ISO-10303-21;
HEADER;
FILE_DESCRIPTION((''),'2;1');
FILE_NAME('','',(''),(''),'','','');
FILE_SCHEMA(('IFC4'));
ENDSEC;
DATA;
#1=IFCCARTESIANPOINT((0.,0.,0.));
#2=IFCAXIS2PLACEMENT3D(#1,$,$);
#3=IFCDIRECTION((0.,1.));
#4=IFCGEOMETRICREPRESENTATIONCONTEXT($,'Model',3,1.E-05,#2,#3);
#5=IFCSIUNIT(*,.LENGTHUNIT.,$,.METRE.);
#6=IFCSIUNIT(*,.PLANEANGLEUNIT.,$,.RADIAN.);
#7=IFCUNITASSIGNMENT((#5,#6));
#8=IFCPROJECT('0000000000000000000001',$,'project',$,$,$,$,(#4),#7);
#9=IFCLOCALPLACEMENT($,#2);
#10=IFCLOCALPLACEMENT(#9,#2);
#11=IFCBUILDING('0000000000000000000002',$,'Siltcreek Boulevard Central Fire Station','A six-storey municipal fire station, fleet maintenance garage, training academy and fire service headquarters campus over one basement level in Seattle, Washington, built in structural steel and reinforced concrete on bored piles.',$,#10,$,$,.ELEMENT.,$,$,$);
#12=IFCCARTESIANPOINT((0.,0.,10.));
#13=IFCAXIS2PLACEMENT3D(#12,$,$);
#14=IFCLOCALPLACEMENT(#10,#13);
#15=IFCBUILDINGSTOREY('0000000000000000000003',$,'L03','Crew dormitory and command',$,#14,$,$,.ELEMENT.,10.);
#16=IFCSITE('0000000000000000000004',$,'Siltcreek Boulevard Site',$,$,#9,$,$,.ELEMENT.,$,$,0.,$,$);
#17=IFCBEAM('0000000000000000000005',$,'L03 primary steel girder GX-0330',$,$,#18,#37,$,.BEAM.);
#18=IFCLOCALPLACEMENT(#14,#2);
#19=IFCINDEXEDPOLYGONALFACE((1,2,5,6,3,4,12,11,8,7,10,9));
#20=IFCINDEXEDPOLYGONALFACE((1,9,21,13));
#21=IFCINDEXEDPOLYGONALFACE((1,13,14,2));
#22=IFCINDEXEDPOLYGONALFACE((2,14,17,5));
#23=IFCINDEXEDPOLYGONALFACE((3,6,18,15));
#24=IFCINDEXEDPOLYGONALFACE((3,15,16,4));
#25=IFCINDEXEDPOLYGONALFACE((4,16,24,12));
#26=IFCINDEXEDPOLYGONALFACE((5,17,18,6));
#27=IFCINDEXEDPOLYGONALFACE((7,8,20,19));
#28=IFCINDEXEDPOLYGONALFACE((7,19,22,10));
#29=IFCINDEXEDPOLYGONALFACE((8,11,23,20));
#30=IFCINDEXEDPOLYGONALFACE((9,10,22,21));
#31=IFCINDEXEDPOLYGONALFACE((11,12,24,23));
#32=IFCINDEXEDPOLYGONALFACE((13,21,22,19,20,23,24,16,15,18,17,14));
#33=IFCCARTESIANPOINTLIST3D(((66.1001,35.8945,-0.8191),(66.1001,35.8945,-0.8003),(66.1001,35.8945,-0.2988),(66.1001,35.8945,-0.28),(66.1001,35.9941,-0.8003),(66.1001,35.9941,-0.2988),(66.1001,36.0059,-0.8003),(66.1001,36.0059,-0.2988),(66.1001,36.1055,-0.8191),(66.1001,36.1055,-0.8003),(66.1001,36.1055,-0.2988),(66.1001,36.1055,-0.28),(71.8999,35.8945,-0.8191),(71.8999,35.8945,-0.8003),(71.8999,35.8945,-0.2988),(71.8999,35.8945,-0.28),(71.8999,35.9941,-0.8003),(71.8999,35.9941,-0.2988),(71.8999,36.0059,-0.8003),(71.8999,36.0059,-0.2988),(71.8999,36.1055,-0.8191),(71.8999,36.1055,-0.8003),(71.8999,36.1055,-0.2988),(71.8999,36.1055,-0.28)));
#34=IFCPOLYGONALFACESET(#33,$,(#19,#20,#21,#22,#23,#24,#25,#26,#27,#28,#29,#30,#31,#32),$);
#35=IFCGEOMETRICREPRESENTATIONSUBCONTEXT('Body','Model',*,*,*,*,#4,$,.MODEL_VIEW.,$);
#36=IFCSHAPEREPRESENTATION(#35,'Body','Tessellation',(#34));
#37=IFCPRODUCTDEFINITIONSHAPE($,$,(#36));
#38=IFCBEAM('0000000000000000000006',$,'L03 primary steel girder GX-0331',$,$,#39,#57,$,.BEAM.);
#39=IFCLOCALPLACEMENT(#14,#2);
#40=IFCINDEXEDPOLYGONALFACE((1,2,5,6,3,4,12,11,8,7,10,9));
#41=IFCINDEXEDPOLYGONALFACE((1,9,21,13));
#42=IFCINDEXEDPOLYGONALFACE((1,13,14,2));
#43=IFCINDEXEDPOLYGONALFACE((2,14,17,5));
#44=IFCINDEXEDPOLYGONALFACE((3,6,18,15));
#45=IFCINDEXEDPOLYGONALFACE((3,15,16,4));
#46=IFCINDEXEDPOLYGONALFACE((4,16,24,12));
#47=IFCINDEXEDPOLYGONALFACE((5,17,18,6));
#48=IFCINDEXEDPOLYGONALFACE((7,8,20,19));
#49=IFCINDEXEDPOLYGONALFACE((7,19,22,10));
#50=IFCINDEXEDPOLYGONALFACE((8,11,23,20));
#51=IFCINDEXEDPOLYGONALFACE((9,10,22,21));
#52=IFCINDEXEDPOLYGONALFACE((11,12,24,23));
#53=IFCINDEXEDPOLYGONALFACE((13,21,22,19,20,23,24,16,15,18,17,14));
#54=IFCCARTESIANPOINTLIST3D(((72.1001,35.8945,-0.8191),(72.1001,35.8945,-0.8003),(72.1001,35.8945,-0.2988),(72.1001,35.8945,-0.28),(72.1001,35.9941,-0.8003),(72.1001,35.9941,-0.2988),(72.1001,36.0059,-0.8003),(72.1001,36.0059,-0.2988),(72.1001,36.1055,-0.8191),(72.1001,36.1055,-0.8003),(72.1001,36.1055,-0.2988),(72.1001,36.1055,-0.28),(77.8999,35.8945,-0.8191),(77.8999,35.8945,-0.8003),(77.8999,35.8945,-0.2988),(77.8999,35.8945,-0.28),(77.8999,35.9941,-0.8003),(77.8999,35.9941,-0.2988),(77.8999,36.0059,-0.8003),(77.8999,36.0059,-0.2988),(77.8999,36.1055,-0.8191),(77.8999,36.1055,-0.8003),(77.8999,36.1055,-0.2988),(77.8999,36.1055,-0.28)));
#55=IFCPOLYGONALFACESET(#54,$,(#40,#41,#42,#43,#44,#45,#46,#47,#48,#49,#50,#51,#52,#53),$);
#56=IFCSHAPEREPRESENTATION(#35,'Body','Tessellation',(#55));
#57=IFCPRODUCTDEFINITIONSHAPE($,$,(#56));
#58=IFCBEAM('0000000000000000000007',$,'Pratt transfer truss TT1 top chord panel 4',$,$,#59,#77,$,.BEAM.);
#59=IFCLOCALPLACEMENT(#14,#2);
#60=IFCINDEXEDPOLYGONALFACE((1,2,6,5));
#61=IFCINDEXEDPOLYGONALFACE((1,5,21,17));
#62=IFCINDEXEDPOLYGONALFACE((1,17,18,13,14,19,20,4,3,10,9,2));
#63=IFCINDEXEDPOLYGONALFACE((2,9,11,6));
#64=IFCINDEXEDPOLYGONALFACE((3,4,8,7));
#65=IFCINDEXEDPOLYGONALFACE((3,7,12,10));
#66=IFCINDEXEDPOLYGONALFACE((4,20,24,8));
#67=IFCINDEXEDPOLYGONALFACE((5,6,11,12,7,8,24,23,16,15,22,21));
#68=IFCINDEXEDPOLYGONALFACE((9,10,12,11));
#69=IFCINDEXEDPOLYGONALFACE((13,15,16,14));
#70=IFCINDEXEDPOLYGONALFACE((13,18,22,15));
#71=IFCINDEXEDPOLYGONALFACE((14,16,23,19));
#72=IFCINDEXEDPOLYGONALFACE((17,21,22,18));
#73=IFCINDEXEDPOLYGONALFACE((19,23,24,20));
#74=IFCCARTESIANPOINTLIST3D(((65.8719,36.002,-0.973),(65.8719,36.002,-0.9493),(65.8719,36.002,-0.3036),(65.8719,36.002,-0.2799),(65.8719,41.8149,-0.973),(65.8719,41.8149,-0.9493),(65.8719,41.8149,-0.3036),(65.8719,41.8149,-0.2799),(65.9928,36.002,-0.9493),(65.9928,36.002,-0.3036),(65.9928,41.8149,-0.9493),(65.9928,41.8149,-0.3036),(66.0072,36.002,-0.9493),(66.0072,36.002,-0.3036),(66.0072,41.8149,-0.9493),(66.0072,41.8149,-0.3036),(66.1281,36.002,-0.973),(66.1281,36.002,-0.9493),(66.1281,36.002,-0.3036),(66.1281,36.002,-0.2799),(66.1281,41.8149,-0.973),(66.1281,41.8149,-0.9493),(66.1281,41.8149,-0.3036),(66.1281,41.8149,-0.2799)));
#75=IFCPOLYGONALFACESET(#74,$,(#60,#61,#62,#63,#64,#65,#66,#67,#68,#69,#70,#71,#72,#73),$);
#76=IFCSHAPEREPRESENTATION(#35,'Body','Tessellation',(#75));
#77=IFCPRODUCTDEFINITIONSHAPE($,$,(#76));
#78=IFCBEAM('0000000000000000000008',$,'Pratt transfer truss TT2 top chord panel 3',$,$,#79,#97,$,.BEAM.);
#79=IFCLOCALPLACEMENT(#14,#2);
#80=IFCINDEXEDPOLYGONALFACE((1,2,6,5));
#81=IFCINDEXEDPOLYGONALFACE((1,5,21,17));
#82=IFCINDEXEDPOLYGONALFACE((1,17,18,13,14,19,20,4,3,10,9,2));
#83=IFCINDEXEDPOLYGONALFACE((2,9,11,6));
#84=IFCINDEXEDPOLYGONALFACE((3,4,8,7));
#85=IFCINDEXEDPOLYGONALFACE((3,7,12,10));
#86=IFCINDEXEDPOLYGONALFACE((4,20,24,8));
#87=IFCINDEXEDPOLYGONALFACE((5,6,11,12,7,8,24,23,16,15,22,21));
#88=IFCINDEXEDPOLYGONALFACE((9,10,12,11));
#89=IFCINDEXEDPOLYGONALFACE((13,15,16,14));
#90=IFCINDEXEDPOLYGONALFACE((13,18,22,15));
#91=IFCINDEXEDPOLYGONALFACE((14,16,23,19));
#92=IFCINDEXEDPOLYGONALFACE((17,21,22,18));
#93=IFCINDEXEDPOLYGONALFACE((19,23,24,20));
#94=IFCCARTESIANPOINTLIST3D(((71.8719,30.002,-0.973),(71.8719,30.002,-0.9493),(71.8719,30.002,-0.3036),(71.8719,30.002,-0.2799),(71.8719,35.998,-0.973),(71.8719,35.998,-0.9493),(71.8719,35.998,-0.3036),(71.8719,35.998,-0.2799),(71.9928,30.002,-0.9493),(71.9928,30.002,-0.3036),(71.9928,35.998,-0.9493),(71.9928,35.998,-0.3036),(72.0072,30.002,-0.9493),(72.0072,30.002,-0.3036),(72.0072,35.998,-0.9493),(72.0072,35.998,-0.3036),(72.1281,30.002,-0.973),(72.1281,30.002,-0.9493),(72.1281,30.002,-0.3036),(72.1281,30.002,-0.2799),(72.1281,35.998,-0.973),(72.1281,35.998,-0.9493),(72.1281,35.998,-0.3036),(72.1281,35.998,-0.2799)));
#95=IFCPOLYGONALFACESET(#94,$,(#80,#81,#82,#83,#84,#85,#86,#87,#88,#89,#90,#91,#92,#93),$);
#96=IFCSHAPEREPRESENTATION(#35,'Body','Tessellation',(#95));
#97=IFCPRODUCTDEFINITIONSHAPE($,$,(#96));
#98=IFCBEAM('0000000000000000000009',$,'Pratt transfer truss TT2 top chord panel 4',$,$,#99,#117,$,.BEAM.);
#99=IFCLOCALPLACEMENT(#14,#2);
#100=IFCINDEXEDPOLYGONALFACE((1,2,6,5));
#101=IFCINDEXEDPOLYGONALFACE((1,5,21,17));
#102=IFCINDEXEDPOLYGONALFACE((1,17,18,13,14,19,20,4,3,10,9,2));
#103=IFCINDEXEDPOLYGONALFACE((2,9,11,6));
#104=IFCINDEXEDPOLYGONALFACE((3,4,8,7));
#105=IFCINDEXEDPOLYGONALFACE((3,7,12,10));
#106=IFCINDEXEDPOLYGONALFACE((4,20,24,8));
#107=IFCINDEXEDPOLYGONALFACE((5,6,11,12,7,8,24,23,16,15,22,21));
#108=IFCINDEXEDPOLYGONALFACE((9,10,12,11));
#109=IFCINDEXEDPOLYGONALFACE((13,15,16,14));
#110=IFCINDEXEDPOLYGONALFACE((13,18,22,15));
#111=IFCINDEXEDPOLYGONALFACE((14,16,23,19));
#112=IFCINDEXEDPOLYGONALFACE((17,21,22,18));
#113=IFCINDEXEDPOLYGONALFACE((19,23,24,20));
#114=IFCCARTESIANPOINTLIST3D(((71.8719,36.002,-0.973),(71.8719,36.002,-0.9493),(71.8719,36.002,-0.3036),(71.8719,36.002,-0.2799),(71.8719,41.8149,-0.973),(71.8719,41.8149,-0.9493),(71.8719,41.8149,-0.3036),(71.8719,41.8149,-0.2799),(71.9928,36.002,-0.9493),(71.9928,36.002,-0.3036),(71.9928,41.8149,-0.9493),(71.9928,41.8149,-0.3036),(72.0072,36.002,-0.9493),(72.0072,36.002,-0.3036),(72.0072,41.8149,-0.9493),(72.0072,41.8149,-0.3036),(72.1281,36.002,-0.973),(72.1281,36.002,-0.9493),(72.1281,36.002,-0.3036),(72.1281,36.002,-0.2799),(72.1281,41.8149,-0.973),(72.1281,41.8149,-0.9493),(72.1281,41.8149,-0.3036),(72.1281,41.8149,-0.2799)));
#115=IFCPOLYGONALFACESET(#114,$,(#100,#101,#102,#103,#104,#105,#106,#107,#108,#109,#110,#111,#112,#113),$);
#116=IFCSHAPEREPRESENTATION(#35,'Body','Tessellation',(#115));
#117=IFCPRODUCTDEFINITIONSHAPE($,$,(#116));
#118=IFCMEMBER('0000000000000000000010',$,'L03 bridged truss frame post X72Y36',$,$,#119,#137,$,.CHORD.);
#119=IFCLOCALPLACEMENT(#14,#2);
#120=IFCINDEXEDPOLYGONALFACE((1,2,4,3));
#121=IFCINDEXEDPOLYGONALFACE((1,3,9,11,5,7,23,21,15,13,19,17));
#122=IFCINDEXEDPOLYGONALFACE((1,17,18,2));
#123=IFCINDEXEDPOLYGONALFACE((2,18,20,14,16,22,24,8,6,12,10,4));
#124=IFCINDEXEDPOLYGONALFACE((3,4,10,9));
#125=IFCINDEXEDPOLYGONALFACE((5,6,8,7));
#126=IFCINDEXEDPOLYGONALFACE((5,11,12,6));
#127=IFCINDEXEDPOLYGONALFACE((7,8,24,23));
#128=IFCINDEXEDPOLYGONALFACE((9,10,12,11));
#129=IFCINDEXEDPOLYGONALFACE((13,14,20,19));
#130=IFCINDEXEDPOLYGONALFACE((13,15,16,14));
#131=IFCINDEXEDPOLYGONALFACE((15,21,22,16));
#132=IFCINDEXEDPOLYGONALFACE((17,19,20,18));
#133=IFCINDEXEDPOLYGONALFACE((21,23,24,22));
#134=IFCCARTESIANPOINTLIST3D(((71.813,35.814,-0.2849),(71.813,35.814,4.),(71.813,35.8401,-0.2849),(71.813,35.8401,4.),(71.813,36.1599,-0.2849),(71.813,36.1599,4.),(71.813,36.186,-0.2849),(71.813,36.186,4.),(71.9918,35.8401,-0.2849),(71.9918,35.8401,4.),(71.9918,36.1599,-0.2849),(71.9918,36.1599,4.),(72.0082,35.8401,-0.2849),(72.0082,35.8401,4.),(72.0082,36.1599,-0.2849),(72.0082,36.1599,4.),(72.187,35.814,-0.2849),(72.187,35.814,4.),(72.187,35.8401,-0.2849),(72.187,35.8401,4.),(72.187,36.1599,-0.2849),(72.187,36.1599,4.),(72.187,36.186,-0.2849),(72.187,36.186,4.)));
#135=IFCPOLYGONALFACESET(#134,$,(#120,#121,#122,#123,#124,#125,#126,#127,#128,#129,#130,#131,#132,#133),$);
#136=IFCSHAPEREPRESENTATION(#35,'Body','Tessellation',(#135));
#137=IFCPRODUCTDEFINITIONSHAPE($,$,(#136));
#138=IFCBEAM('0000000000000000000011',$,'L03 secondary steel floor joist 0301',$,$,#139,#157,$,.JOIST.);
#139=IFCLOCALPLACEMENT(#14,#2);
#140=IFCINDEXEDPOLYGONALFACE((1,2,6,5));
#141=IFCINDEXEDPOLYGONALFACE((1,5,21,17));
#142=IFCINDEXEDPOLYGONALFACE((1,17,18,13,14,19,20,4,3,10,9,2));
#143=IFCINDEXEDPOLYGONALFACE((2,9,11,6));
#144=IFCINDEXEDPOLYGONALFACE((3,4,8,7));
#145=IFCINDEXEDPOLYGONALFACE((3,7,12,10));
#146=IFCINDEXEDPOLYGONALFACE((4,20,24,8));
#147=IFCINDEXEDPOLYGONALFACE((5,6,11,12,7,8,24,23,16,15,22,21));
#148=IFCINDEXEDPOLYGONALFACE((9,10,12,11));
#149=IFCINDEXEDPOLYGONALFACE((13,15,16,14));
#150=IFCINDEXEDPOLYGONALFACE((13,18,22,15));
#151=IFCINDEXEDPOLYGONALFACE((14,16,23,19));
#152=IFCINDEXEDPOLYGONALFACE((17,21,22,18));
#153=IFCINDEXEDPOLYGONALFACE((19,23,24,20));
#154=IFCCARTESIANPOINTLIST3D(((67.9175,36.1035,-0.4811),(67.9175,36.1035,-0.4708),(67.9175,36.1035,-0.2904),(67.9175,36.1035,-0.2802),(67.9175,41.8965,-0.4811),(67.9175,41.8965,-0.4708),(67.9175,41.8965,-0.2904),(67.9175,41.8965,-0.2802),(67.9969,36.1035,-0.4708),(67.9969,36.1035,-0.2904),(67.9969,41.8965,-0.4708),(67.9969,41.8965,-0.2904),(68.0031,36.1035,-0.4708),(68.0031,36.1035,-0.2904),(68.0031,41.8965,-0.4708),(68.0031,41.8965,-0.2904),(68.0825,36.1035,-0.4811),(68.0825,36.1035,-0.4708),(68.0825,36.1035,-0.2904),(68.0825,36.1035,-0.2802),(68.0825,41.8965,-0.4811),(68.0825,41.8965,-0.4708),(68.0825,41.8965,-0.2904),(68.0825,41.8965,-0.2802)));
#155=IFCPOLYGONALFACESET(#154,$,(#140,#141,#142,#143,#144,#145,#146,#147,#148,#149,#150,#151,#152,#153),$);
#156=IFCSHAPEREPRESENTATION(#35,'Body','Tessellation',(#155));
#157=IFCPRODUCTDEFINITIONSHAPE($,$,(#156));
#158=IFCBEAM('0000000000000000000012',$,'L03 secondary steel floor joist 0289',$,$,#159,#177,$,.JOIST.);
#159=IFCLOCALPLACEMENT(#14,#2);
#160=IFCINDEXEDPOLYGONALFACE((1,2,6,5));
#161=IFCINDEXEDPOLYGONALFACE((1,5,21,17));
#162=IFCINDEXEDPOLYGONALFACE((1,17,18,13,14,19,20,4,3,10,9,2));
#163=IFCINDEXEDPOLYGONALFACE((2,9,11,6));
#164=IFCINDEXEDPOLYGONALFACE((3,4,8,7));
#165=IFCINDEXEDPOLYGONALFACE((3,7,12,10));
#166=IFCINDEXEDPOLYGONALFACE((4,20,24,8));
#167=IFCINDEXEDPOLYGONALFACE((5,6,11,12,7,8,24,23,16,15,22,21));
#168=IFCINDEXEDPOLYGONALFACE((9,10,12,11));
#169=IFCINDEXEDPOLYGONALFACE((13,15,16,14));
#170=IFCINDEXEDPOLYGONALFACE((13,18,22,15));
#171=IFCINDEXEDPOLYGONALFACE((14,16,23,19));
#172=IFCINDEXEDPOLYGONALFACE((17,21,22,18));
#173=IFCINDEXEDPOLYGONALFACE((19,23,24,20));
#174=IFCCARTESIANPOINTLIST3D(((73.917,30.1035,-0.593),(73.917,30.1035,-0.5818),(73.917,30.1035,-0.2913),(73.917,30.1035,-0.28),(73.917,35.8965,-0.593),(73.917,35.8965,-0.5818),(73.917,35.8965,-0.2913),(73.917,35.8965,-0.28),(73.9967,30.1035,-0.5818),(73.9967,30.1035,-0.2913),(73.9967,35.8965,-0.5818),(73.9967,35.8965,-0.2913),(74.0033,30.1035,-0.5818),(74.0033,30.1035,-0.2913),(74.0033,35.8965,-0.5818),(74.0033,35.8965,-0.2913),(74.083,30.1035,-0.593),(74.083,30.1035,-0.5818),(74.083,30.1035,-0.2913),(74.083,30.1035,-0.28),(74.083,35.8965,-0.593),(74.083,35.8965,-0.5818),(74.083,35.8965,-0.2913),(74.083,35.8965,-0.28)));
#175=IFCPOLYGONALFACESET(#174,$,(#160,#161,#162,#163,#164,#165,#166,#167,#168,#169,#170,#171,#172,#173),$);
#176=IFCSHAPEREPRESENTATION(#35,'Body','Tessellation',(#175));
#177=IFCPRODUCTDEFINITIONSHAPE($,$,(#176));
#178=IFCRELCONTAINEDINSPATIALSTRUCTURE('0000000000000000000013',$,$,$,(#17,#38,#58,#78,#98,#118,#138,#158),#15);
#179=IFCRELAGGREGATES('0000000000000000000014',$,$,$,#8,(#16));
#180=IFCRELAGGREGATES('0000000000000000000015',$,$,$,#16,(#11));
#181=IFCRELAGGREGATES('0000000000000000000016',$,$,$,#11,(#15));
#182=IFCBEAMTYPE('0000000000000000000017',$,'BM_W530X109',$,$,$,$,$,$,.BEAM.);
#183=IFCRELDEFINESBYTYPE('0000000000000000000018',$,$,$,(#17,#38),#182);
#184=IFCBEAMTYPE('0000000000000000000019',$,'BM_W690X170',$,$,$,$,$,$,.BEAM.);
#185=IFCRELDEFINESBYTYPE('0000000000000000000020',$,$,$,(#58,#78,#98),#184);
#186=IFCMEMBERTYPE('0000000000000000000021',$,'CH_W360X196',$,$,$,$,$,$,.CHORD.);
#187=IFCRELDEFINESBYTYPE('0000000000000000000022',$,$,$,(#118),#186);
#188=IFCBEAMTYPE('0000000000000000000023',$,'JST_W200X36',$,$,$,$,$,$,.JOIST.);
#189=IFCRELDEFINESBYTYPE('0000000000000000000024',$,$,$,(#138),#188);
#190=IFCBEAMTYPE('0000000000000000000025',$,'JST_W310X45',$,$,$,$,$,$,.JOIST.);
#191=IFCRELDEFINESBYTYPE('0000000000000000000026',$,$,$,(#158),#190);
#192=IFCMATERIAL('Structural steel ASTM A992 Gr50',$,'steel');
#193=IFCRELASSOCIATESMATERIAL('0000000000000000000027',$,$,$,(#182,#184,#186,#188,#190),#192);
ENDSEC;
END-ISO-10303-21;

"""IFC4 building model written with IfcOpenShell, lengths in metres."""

from ifc_helpers import new_model, si_unit, direction, frame, origin, origin_2d, place, context, subcontext, project, spatial, i_section, extrude, material, material_profile, profile_set, type_object, element, save


model = new_model("IFC4")

# Units and contexts
model_context = context("Model", 3, precision=1e-05, world=origin(), true_north=direction((0.0, 1.0)))
body_context = subcontext(model_context, "Body", "Model", "MODEL_VIEW")
ifc_project = project(units=[si_unit("LENGTHUNIT", "METRE"), si_unit("PLANEANGLEUNIT", "RADIAN")], contexts=[model_context])

# Site, building, storey
site_placement = place(None, origin())
site = spatial("IfcSite", under=ifc_project, at=site_placement, Name="Siltcreek Boulevard Site", CompositionType="ELEMENT", RefElevation=0.0)
building_placement = place(site_placement, origin())
building = spatial("IfcBuilding", under=site, at=building_placement, Name="Siltcreek Boulevard Central Fire Station", Description="A six-storey municipal fire station, fleet maintenance garage, training academy and fire service headquarters campus over one basement level in Seattle, Washington, built in structural steel and reinforced concrete on bored piles.", CompositionType="ELEMENT")
storey_placement = place(building_placement, frame((0.0, 0.0, 10.0)))
storey = spatial("IfcBuildingStorey", under=building, at=storey_placement, Name="L03", Description="Crew dormitory and command", CompositionType="ELEMENT", Elevation=10.0)

# Beams
ifc_material_1 = material(Name="Structural steel ASTM A992 Gr50", Category="steel")
ifc_material_profile_1 = material_profile(ifc_material_1, i_section(OverallWidth=0.2109, OverallDepth=0.5391, WebThickness=0.0117, FlangeThickness=0.0188, at=origin_2d()), Name="W530X109")
ifc_profile_set_1 = profile_set([ifc_material_profile_1], Name="Structural steel ASTM A992 Gr50")
beam_type_1 = type_object("IfcBeamType", Name="BM_W530X109", PredefinedType="BEAM", material=ifc_profile_set_1)
for number, where, z_axis, x_axis, name in (
    (1, (66.1001, 36.0, -0.5496), (1.0, 0.0, 0.0), (0.0, 1.0, 0.0), "L03 primary steel girder GX-0330"),
    (2, (72.1001, 36.0, -0.5496), (1.0, 0.0, 0.0), (0.0, 1.0, 0.0), "L03 primary steel girder GX-0331"),
):
    element("IfcBeam", number, at=place(storey_placement, frame(where, z_axis=z_axis, x_axis=x_axis)), inside=storey, type_object=beam_type_1, Name=name, PredefinedType="BEAM", context=body_context, shape_type="SweptSolid", body=[
        extrude(i_section(OverallWidth=0.2109, OverallDepth=0.5391, WebThickness=0.0117, FlangeThickness=0.0188, at=origin_2d()), origin(), (0.0, 0.0, 1.0), 5.7998),
    ])
ifc_material_profile_2 = material_profile(ifc_material_1, i_section(OverallWidth=0.2561, OverallDepth=0.6931, WebThickness=0.0144, FlangeThickness=0.0237, at=origin_2d()), Name="W690X170")
ifc_profile_set_2 = profile_set([ifc_material_profile_2], Name="Structural steel ASTM A992 Gr50")
beam_type_2 = type_object("IfcBeamType", Name="BM_W690X170", PredefinedType="BEAM", material=ifc_profile_set_2)
beam_1_placement = place(storey_placement, frame((66.0, 36.002, -0.6265), z_axis=(0.0, 1.0, 0.0), x_axis=(-1.0, 0.0, 0.0)))
element("IfcBeam", 3, at=beam_1_placement, inside=storey, type_object=beam_type_2, Name="Pratt transfer truss TT1 top chord panel 4", PredefinedType="BEAM", context=body_context, shape_type="SweptSolid", body=[
    extrude(i_section(OverallWidth=0.2561, OverallDepth=0.6931, WebThickness=0.0144, FlangeThickness=0.0237, at=origin_2d()), origin(), (0.0, 0.0, 1.0), 5.813),
])
beam_2_placement = place(storey_placement, frame((72.0, 30.002, -0.6265), z_axis=(0.0, 1.0, 0.0), x_axis=(-1.0, 0.0, 0.0)))
element("IfcBeam", 4, at=beam_2_placement, inside=storey, type_object=beam_type_2, Name="Pratt transfer truss TT2 top chord panel 3", PredefinedType="BEAM", context=body_context, shape_type="SweptSolid", body=[
    extrude(i_section(OverallWidth=0.2561, OverallDepth=0.6931, WebThickness=0.0144, FlangeThickness=0.0237, at=origin_2d()), origin(), (0.0, 0.0, 1.0), 5.9961),
])
beam_3_placement = place(storey_placement, frame((72.0, 36.002, -0.6265), z_axis=(0.0, 1.0, 0.0), x_axis=(-1.0, 0.0, 0.0)))
element("IfcBeam", 5, at=beam_3_placement, inside=storey, type_object=beam_type_2, Name="Pratt transfer truss TT2 top chord panel 4", PredefinedType="BEAM", context=body_context, shape_type="SweptSolid", body=[
    extrude(i_section(OverallWidth=0.2561, OverallDepth=0.6931, WebThickness=0.0144, FlangeThickness=0.0237, at=origin_2d()), origin(), (0.0, 0.0, 1.0), 5.813),
])

# Member
ifc_material_profile_3 = material_profile(ifc_material_1, i_section(OverallWidth=0.374, OverallDepth=0.3721, WebThickness=0.0164, FlangeThickness=0.0261, at=origin_2d()), Name="W360X196")
ifc_profile_set_3 = profile_set([ifc_material_profile_3], Name="Structural steel ASTM A992 Gr50")
member_type = type_object("IfcMemberType", Name="CH_W360X196", PredefinedType="CHORD", material=ifc_profile_set_3)
member_placement = place(storey_placement, frame((72.0, 36.0, -0.2849), z_axis=(0.0, 0.0, 1.0), x_axis=(1.0, 0.0, 0.0)))
element("IfcMember", 6, at=member_placement, inside=storey, type_object=member_type, Name="L03 bridged truss frame post X72Y36", PredefinedType="CHORD", context=body_context, shape_type="SweptSolid", body=[
    extrude(i_section(OverallWidth=0.374, OverallDepth=0.3721, WebThickness=0.0164, FlangeThickness=0.0261, at=origin_2d()), origin(), (0.0, 0.0, 1.0), 4.2849),
])

# Beams
ifc_material_profile_4 = material_profile(ifc_material_1, i_section(OverallWidth=0.165, OverallDepth=0.2009, WebThickness=0.0061, FlangeThickness=0.0103, at=origin_2d()), Name="W200X36")
ifc_profile_set_4 = profile_set([ifc_material_profile_4], Name="Structural steel ASTM A992 Gr50")
beam_type_3 = type_object("IfcBeamType", Name="JST_W200X36", PredefinedType="JOIST", material=ifc_profile_set_4)
beam_4_placement = place(storey_placement, frame((68.0, 36.1035, -0.3806), z_axis=(0.0, 1.0, 0.0), x_axis=(-1.0, 0.0, 0.0)))
element("IfcBeam", 7, at=beam_4_placement, inside=storey, type_object=beam_type_3, Name="L03 secondary steel floor joist 0301", PredefinedType="JOIST", context=body_context, shape_type="SweptSolid", body=[
    extrude(i_section(OverallWidth=0.165, OverallDepth=0.2009, WebThickness=0.0061, FlangeThickness=0.0103, at=origin_2d()), origin(), (0.0, 0.0, 1.0), 5.793),
])
ifc_material_profile_5 = material_profile(ifc_material_1, i_section(OverallWidth=0.166, OverallDepth=0.313, WebThickness=0.0066, FlangeThickness=0.0112, at=origin_2d()), Name="W310X45")
ifc_profile_set_5 = profile_set([ifc_material_profile_5], Name="Structural steel ASTM A992 Gr50")
beam_type_4 = type_object("IfcBeamType", Name="JST_W310X45", PredefinedType="JOIST", material=ifc_profile_set_5)
beam_5_placement = place(storey_placement, frame((74.0, 30.1035, -0.4365), z_axis=(0.0, 1.0, 0.0), x_axis=(-1.0, 0.0, 0.0)))
element("IfcBeam", 8, at=beam_5_placement, inside=storey, type_object=beam_type_4, Name="L03 secondary steel floor joist 0289", PredefinedType="JOIST", context=body_context, shape_type="SweptSolid", body=[
    extrude(i_section(OverallWidth=0.166, OverallDepth=0.313, WebThickness=0.0066, FlangeThickness=0.0112, at=origin_2d()), origin(), (0.0, 0.0, 1.0), 5.793),
])

save(model, "model.ifc")
